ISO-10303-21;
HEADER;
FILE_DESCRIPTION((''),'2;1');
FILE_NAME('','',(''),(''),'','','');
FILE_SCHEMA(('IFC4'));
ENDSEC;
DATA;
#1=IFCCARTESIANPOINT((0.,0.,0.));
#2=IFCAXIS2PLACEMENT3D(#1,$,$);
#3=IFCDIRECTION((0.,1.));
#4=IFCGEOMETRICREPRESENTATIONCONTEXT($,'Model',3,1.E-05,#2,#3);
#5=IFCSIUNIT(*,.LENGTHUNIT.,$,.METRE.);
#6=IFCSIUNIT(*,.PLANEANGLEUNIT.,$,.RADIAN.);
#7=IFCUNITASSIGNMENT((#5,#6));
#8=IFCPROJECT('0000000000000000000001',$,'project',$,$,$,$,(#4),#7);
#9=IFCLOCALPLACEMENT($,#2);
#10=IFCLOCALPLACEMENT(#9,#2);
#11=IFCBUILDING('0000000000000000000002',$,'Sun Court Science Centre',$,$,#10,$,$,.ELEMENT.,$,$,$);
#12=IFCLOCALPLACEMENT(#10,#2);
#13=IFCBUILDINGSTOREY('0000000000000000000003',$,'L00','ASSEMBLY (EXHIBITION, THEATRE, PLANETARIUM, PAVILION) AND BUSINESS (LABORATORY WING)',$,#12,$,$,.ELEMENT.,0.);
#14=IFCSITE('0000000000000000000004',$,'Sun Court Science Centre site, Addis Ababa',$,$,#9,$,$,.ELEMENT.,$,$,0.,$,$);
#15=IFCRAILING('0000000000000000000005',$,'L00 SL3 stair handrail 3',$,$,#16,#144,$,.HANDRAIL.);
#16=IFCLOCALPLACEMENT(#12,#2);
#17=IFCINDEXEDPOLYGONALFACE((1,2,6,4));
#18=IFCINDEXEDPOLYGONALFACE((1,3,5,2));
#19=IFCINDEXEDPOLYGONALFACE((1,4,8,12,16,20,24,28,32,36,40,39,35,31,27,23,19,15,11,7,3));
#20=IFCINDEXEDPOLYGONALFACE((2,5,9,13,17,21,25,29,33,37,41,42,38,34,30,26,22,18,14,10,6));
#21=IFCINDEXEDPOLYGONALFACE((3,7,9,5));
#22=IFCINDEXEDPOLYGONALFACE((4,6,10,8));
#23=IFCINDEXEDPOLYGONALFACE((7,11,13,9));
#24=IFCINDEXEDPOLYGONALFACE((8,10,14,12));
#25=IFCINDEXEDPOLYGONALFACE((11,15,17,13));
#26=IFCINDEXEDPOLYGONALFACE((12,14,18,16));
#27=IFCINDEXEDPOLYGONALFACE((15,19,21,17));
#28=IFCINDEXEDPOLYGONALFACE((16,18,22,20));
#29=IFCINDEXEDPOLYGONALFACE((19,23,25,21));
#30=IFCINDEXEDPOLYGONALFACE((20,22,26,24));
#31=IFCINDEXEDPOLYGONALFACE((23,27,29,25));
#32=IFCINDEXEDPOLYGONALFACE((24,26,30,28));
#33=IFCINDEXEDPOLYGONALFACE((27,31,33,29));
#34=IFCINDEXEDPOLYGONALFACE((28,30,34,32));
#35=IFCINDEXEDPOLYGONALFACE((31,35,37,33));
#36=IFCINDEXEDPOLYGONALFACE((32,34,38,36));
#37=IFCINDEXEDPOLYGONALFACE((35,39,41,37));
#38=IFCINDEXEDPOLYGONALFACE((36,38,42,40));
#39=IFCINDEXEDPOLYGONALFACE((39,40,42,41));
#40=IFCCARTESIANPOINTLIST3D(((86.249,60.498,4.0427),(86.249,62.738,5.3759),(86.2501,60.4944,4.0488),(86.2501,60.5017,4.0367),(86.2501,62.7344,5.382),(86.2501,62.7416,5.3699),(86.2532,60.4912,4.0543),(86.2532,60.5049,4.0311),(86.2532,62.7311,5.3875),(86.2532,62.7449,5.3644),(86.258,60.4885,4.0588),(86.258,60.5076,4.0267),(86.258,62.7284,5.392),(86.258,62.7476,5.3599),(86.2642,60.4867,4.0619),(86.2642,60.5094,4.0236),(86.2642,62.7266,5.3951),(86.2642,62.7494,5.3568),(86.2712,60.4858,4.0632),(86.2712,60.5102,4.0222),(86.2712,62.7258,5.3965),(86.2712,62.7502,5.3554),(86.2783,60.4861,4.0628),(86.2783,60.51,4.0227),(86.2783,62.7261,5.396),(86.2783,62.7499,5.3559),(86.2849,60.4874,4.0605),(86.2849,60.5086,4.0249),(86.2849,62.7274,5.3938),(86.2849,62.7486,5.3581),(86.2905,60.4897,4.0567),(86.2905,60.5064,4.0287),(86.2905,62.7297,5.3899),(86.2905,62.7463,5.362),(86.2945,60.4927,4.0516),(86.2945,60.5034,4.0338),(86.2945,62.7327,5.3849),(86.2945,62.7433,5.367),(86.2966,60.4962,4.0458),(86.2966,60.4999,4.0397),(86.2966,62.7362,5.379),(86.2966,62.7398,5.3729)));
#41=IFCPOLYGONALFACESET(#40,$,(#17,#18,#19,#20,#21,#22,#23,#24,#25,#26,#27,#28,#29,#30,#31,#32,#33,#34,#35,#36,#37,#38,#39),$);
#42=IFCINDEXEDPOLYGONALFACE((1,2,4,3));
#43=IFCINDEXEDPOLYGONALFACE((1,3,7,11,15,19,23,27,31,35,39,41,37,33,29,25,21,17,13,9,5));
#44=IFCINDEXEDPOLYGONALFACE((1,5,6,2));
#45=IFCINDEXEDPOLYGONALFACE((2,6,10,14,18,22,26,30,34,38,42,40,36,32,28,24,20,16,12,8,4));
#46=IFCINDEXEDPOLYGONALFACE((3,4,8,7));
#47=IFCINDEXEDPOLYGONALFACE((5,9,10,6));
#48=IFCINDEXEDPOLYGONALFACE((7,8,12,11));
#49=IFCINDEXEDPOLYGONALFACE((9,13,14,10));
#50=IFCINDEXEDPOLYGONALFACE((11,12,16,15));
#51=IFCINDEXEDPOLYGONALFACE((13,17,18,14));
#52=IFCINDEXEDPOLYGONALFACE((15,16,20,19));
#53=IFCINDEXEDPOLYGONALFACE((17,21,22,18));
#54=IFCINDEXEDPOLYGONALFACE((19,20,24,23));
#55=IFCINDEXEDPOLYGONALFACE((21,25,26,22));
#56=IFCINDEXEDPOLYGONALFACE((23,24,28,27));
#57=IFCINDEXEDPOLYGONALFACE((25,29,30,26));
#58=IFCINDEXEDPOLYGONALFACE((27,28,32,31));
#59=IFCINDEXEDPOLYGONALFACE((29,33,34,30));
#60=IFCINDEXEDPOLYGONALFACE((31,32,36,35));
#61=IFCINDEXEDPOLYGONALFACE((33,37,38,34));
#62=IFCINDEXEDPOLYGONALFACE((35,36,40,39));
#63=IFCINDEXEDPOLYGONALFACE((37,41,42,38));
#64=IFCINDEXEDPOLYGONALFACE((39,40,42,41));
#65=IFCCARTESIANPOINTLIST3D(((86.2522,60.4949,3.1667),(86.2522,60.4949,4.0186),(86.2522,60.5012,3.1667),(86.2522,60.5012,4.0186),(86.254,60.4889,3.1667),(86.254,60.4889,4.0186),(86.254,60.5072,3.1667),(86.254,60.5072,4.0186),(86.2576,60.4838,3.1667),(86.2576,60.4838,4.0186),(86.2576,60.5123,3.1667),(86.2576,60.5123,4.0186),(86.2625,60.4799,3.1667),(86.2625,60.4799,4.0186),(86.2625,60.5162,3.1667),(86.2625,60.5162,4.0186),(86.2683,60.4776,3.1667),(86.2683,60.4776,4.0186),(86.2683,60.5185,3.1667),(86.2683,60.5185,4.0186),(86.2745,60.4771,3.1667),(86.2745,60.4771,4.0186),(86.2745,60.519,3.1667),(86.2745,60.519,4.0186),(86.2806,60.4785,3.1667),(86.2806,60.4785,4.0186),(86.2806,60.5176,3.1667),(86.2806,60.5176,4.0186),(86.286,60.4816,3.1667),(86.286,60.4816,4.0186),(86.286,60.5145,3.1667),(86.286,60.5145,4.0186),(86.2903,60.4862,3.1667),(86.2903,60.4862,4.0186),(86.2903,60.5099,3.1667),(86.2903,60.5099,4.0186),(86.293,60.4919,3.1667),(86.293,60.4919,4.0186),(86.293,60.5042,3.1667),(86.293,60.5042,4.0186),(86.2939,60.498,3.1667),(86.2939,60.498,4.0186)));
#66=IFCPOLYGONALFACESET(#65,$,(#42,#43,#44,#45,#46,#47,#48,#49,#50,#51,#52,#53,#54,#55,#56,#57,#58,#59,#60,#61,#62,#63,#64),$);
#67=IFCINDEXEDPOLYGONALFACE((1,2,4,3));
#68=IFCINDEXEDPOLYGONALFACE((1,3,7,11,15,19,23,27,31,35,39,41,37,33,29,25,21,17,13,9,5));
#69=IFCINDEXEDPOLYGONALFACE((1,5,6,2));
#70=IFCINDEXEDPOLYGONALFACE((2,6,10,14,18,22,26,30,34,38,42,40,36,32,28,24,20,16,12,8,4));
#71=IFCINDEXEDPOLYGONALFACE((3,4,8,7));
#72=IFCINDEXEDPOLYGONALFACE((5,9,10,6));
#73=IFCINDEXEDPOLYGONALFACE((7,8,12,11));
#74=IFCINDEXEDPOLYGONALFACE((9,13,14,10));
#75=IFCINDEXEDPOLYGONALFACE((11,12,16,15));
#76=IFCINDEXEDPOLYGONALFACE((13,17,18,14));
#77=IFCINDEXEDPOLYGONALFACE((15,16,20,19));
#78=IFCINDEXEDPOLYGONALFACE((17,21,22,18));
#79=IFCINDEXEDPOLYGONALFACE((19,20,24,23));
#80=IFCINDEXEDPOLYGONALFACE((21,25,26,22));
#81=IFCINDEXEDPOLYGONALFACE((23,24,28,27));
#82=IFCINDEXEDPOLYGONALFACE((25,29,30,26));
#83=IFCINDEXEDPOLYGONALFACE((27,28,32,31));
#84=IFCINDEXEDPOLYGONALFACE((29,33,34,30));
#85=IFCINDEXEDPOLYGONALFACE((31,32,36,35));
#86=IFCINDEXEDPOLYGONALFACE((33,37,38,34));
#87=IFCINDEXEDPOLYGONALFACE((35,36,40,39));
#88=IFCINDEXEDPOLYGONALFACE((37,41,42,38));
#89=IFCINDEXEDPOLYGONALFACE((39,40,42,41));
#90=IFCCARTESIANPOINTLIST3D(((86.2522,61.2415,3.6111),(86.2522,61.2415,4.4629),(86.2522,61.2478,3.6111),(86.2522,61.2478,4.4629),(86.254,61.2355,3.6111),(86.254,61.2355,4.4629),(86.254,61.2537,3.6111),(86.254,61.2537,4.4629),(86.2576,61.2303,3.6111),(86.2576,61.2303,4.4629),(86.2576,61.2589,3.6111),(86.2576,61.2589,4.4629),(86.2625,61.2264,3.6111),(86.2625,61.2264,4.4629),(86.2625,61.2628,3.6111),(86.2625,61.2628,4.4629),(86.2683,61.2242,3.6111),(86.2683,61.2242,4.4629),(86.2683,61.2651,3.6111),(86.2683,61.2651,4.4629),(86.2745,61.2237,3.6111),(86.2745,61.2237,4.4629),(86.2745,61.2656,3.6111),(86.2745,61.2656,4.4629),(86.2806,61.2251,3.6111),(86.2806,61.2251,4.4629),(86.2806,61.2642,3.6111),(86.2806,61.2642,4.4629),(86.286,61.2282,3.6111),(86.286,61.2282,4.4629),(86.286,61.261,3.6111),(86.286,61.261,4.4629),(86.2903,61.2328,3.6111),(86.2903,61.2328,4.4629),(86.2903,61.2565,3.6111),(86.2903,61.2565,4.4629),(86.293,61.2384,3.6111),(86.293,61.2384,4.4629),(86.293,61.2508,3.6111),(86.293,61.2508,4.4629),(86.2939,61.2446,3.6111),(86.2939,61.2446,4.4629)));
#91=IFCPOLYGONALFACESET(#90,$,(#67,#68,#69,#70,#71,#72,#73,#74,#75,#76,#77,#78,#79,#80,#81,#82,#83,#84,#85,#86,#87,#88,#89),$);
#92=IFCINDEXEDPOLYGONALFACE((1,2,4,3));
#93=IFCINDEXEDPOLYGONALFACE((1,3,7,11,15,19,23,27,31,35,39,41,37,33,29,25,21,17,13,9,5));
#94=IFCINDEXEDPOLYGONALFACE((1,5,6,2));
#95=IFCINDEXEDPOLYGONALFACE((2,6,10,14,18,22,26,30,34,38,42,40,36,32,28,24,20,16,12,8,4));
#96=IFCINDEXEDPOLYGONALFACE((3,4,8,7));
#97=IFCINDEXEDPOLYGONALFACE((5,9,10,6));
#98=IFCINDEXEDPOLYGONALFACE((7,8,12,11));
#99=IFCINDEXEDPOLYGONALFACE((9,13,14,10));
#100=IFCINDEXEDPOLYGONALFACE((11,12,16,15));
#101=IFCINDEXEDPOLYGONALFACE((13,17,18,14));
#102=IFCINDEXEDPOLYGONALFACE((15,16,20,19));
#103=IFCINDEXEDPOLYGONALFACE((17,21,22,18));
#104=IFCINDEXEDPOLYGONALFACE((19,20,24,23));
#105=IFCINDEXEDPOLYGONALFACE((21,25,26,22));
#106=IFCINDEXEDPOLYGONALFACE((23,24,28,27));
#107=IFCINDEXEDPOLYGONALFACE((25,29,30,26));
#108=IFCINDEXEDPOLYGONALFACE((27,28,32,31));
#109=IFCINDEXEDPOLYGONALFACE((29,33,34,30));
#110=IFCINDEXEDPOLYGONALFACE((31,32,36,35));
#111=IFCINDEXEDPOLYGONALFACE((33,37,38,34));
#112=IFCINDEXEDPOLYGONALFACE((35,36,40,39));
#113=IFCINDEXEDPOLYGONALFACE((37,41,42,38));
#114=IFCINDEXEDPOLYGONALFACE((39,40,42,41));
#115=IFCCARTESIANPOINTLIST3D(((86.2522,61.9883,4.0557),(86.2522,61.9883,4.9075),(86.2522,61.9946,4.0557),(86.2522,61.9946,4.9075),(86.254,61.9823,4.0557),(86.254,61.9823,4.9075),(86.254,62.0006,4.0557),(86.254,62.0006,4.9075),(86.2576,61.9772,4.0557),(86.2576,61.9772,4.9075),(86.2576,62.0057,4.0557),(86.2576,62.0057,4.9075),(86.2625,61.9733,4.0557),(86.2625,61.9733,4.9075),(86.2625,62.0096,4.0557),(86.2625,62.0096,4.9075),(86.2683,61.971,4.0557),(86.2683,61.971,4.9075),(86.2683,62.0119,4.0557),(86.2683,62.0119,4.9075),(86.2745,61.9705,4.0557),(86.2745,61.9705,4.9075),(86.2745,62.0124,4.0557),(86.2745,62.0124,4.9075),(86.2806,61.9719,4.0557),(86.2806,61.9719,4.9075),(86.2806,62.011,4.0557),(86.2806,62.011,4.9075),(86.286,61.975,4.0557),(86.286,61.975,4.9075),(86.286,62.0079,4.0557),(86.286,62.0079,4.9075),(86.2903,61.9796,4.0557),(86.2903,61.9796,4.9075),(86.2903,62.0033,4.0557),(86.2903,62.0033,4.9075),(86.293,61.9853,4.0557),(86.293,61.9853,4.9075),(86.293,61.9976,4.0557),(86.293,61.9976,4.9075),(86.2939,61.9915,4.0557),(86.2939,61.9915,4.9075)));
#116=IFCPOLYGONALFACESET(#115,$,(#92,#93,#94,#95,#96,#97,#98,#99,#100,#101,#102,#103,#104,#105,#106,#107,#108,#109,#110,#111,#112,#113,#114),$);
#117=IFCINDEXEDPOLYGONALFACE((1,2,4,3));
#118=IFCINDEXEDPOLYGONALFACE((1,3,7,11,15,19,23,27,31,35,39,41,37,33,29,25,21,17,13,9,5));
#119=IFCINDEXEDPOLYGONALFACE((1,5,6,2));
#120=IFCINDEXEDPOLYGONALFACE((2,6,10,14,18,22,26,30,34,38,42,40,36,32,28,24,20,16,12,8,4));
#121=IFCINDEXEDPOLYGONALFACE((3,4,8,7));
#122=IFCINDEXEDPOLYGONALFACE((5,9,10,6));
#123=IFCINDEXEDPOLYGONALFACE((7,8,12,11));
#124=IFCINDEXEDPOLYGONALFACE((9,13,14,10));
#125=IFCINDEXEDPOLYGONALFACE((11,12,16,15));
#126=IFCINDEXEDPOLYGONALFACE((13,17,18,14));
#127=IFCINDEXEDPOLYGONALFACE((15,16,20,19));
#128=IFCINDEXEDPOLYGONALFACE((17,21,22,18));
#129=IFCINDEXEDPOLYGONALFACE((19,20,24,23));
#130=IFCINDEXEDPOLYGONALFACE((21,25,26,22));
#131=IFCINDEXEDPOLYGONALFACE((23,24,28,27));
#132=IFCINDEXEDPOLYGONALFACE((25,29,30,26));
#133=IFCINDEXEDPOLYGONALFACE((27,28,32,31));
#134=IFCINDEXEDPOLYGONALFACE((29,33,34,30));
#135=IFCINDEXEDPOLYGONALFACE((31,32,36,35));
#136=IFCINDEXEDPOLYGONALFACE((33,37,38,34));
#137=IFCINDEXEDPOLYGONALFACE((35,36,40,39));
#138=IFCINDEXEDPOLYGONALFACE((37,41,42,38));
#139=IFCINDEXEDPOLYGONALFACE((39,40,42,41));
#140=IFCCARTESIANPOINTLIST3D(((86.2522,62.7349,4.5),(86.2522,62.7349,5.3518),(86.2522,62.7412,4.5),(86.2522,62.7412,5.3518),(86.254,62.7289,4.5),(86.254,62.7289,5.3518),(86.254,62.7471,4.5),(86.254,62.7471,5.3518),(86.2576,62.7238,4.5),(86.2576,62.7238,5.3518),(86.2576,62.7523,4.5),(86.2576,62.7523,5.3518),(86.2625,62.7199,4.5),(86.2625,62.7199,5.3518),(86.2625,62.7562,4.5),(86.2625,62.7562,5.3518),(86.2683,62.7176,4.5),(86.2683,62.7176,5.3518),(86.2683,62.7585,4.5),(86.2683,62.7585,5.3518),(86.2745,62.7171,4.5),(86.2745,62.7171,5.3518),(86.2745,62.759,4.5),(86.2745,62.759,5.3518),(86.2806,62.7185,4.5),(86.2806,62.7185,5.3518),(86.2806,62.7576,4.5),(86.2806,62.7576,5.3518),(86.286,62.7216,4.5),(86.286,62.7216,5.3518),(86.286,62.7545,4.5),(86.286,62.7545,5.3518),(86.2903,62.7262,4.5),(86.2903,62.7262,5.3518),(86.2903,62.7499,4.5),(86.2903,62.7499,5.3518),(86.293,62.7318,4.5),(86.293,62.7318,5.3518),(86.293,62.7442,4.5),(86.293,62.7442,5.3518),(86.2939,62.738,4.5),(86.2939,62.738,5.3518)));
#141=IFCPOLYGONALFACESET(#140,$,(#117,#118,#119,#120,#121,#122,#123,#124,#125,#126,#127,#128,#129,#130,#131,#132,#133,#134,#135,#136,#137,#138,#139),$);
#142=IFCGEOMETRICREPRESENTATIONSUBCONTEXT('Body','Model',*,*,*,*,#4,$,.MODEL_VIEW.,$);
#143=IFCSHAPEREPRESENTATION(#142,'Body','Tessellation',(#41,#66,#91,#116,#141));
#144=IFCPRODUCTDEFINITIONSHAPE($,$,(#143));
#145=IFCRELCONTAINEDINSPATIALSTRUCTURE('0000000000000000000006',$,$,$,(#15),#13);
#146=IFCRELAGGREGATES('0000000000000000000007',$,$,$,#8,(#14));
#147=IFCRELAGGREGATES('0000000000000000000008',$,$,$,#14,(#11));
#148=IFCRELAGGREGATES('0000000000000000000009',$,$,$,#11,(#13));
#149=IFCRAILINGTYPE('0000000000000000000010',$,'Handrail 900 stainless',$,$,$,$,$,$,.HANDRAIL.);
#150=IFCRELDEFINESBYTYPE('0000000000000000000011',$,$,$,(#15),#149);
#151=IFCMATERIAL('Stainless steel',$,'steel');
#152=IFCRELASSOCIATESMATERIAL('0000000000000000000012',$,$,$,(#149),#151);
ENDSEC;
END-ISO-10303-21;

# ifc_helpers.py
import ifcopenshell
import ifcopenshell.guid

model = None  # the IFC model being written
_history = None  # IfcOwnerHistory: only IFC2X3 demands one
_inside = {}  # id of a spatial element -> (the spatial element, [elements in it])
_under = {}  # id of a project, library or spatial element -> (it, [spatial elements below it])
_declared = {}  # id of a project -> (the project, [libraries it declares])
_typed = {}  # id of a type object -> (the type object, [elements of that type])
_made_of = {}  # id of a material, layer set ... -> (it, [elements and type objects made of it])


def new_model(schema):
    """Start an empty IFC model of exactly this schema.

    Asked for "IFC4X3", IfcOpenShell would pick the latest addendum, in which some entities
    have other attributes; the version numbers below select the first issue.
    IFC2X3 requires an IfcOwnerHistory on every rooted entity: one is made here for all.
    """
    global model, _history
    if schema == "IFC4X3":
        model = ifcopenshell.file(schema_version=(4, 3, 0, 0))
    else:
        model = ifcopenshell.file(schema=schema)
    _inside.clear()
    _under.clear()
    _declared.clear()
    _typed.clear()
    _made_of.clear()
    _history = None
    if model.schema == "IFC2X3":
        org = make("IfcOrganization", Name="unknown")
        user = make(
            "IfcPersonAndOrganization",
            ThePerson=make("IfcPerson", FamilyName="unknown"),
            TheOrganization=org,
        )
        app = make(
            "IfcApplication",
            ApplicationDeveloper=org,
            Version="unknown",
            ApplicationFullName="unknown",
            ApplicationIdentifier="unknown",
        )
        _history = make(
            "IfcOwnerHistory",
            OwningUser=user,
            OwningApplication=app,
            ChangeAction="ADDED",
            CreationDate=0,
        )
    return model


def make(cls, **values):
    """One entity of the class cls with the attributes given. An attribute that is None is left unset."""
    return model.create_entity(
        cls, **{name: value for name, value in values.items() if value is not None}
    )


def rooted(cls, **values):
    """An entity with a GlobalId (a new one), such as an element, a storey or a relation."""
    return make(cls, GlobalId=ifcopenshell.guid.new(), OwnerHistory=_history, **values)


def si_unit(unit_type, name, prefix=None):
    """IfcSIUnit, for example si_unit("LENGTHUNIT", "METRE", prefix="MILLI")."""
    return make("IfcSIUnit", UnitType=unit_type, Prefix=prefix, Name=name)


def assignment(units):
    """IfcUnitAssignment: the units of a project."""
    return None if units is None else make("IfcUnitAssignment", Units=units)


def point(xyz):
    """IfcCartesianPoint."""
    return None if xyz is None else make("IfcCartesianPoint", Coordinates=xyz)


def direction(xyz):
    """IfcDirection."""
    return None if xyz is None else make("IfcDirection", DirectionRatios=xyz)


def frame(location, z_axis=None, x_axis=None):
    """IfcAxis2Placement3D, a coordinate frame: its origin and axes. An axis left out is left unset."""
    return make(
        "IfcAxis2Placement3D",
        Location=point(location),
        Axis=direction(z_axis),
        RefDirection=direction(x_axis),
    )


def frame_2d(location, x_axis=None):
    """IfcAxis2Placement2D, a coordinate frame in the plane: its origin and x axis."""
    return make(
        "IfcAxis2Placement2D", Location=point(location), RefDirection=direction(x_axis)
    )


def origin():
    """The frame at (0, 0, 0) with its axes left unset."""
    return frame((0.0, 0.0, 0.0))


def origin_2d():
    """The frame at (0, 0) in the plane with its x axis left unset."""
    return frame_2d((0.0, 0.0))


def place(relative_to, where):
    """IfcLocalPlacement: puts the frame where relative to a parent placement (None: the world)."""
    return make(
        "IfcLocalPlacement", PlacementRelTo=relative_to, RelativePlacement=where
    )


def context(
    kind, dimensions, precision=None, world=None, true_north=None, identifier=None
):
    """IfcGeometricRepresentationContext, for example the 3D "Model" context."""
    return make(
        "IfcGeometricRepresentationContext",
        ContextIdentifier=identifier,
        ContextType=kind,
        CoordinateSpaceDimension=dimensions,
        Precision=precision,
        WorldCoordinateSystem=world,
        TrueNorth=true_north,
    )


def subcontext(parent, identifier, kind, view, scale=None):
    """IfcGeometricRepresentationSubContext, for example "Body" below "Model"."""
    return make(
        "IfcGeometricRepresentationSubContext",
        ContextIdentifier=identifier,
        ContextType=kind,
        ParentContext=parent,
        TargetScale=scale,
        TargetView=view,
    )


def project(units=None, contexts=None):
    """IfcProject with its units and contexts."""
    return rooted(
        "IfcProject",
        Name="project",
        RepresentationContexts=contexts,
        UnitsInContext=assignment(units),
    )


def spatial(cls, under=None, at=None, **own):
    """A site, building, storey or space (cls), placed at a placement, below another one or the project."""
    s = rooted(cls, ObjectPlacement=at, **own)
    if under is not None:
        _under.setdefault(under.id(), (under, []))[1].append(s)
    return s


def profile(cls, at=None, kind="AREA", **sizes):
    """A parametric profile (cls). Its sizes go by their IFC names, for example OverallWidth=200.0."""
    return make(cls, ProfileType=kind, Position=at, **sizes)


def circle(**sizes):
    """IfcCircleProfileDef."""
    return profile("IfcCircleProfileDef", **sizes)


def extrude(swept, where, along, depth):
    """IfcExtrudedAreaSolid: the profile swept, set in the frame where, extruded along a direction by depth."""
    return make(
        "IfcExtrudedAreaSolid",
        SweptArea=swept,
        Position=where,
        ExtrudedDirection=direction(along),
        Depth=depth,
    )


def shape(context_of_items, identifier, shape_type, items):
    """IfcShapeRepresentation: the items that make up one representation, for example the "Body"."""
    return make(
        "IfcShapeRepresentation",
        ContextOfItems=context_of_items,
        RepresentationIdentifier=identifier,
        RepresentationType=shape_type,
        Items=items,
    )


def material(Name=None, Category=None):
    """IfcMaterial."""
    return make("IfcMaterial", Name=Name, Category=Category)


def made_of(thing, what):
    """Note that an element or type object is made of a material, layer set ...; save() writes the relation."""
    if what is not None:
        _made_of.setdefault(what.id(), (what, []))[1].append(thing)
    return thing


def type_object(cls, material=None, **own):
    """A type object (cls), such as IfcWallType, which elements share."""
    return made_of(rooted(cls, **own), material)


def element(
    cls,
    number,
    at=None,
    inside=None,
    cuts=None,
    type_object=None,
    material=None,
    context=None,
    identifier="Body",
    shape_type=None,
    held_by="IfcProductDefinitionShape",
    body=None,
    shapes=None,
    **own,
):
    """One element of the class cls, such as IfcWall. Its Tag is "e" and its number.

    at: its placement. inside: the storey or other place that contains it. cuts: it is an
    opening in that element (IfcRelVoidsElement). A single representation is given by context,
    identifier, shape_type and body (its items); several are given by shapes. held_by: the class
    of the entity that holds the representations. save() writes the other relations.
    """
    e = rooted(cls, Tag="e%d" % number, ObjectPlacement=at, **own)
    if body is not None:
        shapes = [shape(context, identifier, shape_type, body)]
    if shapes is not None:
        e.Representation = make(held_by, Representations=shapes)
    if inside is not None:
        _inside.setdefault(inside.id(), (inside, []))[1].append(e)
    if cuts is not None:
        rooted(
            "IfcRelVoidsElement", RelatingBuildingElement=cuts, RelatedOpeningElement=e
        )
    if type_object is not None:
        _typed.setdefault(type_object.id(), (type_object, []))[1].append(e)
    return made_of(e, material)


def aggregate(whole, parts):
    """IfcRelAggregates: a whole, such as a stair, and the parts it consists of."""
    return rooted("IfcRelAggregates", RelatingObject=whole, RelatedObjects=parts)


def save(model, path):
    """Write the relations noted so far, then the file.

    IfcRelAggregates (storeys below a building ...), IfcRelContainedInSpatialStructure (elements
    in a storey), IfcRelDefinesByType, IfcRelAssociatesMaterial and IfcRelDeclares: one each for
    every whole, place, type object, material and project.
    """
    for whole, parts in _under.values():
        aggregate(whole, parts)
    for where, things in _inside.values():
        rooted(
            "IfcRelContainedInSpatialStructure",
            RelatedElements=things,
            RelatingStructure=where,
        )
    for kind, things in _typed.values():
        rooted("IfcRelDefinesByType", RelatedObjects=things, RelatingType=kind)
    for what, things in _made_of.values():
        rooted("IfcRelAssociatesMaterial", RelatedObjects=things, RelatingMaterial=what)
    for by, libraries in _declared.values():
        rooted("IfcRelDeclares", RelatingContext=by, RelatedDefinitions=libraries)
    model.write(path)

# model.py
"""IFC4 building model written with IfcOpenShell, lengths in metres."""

from ifc_helpers import new_model, si_unit, direction, frame, origin, origin_2d, place, context, subcontext, project, spatial, circle, extrude, material, type_object, element, save


model = new_model("IFC4")

# Units and contexts
model_context = context("Model", 3, precision=1e-05, world=origin(), true_north=direction((0.0, 1.0)))
body_context = subcontext(model_context, "Body", "Model", "MODEL_VIEW")
ifc_project = project(units=[si_unit("LENGTHUNIT", "METRE"), si_unit("PLANEANGLEUNIT", "RADIAN")], contexts=[model_context])

# Site, building, storey
site_placement = place(None, origin())
site = spatial("IfcSite", under=ifc_project, at=site_placement, Name="Sun Court Science Centre site, Addis Ababa", CompositionType="ELEMENT", RefElevation=0.0)
building_placement = place(site_placement, origin())
building = spatial("IfcBuilding", under=site, at=building_placement, Name="Sun Court Science Centre", CompositionType="ELEMENT")
storey_placement = place(building_placement, origin())
storey = spatial("IfcBuildingStorey", under=building, at=storey_placement, Name="L00", Description="ASSEMBLY (EXHIBITION, THEATRE, PLANETARIUM, PAVILION) AND BUSINESS (LABORATORY WING)", CompositionType="ELEMENT", Elevation=0.0)

# Railing
ifc_material_1 = material(Name="Stainless steel", Category="steel")
railing_type_1 = type_object("IfcRailingType", Name="Handrail 900 stainless", PredefinedType="HANDRAIL", material=ifc_material_1)
railing_1_placement = place(storey_placement, frame((86.2729, 60.498, 3.1667)))
element("IfcRailing", 1, at=railing_1_placement, inside=storey, type_object=railing_type_1, Name="L00 SL3 stair handrail 3", PredefinedType="HANDRAIL", context=body_context, shape_type="SweptSolid", body=[
    extrude(circle(Radius=0.0239, at=origin_2d()), frame((0.0, 0.0, 0.876), z_axis=(0.0, 0.859306, 0.511462), x_axis=(-1.0, 0.0, 0.0)), (0.0, 0.0, 1.0), 2.6067),
    extrude(circle(Radius=0.021, at=origin_2d()), origin(), (0.0, 0.0, 1.0), 0.8518),
    extrude(circle(Radius=0.021, at=origin_2d()), frame((0.0, 0.7466, 0.4443)), (0.0, 0.0, 1.0), 0.8518),
    extrude(circle(Radius=0.021, at=origin_2d()), frame((0.0, 1.4934, 0.8889)), (0.0, 0.0, 1.0), 0.8518),
    extrude(circle(Radius=0.021, at=origin_2d()), frame((0.0, 2.24, 1.3333)), (0.0, 0.0, 1.0), 0.8518),
])

save(model, "model.ifc")
